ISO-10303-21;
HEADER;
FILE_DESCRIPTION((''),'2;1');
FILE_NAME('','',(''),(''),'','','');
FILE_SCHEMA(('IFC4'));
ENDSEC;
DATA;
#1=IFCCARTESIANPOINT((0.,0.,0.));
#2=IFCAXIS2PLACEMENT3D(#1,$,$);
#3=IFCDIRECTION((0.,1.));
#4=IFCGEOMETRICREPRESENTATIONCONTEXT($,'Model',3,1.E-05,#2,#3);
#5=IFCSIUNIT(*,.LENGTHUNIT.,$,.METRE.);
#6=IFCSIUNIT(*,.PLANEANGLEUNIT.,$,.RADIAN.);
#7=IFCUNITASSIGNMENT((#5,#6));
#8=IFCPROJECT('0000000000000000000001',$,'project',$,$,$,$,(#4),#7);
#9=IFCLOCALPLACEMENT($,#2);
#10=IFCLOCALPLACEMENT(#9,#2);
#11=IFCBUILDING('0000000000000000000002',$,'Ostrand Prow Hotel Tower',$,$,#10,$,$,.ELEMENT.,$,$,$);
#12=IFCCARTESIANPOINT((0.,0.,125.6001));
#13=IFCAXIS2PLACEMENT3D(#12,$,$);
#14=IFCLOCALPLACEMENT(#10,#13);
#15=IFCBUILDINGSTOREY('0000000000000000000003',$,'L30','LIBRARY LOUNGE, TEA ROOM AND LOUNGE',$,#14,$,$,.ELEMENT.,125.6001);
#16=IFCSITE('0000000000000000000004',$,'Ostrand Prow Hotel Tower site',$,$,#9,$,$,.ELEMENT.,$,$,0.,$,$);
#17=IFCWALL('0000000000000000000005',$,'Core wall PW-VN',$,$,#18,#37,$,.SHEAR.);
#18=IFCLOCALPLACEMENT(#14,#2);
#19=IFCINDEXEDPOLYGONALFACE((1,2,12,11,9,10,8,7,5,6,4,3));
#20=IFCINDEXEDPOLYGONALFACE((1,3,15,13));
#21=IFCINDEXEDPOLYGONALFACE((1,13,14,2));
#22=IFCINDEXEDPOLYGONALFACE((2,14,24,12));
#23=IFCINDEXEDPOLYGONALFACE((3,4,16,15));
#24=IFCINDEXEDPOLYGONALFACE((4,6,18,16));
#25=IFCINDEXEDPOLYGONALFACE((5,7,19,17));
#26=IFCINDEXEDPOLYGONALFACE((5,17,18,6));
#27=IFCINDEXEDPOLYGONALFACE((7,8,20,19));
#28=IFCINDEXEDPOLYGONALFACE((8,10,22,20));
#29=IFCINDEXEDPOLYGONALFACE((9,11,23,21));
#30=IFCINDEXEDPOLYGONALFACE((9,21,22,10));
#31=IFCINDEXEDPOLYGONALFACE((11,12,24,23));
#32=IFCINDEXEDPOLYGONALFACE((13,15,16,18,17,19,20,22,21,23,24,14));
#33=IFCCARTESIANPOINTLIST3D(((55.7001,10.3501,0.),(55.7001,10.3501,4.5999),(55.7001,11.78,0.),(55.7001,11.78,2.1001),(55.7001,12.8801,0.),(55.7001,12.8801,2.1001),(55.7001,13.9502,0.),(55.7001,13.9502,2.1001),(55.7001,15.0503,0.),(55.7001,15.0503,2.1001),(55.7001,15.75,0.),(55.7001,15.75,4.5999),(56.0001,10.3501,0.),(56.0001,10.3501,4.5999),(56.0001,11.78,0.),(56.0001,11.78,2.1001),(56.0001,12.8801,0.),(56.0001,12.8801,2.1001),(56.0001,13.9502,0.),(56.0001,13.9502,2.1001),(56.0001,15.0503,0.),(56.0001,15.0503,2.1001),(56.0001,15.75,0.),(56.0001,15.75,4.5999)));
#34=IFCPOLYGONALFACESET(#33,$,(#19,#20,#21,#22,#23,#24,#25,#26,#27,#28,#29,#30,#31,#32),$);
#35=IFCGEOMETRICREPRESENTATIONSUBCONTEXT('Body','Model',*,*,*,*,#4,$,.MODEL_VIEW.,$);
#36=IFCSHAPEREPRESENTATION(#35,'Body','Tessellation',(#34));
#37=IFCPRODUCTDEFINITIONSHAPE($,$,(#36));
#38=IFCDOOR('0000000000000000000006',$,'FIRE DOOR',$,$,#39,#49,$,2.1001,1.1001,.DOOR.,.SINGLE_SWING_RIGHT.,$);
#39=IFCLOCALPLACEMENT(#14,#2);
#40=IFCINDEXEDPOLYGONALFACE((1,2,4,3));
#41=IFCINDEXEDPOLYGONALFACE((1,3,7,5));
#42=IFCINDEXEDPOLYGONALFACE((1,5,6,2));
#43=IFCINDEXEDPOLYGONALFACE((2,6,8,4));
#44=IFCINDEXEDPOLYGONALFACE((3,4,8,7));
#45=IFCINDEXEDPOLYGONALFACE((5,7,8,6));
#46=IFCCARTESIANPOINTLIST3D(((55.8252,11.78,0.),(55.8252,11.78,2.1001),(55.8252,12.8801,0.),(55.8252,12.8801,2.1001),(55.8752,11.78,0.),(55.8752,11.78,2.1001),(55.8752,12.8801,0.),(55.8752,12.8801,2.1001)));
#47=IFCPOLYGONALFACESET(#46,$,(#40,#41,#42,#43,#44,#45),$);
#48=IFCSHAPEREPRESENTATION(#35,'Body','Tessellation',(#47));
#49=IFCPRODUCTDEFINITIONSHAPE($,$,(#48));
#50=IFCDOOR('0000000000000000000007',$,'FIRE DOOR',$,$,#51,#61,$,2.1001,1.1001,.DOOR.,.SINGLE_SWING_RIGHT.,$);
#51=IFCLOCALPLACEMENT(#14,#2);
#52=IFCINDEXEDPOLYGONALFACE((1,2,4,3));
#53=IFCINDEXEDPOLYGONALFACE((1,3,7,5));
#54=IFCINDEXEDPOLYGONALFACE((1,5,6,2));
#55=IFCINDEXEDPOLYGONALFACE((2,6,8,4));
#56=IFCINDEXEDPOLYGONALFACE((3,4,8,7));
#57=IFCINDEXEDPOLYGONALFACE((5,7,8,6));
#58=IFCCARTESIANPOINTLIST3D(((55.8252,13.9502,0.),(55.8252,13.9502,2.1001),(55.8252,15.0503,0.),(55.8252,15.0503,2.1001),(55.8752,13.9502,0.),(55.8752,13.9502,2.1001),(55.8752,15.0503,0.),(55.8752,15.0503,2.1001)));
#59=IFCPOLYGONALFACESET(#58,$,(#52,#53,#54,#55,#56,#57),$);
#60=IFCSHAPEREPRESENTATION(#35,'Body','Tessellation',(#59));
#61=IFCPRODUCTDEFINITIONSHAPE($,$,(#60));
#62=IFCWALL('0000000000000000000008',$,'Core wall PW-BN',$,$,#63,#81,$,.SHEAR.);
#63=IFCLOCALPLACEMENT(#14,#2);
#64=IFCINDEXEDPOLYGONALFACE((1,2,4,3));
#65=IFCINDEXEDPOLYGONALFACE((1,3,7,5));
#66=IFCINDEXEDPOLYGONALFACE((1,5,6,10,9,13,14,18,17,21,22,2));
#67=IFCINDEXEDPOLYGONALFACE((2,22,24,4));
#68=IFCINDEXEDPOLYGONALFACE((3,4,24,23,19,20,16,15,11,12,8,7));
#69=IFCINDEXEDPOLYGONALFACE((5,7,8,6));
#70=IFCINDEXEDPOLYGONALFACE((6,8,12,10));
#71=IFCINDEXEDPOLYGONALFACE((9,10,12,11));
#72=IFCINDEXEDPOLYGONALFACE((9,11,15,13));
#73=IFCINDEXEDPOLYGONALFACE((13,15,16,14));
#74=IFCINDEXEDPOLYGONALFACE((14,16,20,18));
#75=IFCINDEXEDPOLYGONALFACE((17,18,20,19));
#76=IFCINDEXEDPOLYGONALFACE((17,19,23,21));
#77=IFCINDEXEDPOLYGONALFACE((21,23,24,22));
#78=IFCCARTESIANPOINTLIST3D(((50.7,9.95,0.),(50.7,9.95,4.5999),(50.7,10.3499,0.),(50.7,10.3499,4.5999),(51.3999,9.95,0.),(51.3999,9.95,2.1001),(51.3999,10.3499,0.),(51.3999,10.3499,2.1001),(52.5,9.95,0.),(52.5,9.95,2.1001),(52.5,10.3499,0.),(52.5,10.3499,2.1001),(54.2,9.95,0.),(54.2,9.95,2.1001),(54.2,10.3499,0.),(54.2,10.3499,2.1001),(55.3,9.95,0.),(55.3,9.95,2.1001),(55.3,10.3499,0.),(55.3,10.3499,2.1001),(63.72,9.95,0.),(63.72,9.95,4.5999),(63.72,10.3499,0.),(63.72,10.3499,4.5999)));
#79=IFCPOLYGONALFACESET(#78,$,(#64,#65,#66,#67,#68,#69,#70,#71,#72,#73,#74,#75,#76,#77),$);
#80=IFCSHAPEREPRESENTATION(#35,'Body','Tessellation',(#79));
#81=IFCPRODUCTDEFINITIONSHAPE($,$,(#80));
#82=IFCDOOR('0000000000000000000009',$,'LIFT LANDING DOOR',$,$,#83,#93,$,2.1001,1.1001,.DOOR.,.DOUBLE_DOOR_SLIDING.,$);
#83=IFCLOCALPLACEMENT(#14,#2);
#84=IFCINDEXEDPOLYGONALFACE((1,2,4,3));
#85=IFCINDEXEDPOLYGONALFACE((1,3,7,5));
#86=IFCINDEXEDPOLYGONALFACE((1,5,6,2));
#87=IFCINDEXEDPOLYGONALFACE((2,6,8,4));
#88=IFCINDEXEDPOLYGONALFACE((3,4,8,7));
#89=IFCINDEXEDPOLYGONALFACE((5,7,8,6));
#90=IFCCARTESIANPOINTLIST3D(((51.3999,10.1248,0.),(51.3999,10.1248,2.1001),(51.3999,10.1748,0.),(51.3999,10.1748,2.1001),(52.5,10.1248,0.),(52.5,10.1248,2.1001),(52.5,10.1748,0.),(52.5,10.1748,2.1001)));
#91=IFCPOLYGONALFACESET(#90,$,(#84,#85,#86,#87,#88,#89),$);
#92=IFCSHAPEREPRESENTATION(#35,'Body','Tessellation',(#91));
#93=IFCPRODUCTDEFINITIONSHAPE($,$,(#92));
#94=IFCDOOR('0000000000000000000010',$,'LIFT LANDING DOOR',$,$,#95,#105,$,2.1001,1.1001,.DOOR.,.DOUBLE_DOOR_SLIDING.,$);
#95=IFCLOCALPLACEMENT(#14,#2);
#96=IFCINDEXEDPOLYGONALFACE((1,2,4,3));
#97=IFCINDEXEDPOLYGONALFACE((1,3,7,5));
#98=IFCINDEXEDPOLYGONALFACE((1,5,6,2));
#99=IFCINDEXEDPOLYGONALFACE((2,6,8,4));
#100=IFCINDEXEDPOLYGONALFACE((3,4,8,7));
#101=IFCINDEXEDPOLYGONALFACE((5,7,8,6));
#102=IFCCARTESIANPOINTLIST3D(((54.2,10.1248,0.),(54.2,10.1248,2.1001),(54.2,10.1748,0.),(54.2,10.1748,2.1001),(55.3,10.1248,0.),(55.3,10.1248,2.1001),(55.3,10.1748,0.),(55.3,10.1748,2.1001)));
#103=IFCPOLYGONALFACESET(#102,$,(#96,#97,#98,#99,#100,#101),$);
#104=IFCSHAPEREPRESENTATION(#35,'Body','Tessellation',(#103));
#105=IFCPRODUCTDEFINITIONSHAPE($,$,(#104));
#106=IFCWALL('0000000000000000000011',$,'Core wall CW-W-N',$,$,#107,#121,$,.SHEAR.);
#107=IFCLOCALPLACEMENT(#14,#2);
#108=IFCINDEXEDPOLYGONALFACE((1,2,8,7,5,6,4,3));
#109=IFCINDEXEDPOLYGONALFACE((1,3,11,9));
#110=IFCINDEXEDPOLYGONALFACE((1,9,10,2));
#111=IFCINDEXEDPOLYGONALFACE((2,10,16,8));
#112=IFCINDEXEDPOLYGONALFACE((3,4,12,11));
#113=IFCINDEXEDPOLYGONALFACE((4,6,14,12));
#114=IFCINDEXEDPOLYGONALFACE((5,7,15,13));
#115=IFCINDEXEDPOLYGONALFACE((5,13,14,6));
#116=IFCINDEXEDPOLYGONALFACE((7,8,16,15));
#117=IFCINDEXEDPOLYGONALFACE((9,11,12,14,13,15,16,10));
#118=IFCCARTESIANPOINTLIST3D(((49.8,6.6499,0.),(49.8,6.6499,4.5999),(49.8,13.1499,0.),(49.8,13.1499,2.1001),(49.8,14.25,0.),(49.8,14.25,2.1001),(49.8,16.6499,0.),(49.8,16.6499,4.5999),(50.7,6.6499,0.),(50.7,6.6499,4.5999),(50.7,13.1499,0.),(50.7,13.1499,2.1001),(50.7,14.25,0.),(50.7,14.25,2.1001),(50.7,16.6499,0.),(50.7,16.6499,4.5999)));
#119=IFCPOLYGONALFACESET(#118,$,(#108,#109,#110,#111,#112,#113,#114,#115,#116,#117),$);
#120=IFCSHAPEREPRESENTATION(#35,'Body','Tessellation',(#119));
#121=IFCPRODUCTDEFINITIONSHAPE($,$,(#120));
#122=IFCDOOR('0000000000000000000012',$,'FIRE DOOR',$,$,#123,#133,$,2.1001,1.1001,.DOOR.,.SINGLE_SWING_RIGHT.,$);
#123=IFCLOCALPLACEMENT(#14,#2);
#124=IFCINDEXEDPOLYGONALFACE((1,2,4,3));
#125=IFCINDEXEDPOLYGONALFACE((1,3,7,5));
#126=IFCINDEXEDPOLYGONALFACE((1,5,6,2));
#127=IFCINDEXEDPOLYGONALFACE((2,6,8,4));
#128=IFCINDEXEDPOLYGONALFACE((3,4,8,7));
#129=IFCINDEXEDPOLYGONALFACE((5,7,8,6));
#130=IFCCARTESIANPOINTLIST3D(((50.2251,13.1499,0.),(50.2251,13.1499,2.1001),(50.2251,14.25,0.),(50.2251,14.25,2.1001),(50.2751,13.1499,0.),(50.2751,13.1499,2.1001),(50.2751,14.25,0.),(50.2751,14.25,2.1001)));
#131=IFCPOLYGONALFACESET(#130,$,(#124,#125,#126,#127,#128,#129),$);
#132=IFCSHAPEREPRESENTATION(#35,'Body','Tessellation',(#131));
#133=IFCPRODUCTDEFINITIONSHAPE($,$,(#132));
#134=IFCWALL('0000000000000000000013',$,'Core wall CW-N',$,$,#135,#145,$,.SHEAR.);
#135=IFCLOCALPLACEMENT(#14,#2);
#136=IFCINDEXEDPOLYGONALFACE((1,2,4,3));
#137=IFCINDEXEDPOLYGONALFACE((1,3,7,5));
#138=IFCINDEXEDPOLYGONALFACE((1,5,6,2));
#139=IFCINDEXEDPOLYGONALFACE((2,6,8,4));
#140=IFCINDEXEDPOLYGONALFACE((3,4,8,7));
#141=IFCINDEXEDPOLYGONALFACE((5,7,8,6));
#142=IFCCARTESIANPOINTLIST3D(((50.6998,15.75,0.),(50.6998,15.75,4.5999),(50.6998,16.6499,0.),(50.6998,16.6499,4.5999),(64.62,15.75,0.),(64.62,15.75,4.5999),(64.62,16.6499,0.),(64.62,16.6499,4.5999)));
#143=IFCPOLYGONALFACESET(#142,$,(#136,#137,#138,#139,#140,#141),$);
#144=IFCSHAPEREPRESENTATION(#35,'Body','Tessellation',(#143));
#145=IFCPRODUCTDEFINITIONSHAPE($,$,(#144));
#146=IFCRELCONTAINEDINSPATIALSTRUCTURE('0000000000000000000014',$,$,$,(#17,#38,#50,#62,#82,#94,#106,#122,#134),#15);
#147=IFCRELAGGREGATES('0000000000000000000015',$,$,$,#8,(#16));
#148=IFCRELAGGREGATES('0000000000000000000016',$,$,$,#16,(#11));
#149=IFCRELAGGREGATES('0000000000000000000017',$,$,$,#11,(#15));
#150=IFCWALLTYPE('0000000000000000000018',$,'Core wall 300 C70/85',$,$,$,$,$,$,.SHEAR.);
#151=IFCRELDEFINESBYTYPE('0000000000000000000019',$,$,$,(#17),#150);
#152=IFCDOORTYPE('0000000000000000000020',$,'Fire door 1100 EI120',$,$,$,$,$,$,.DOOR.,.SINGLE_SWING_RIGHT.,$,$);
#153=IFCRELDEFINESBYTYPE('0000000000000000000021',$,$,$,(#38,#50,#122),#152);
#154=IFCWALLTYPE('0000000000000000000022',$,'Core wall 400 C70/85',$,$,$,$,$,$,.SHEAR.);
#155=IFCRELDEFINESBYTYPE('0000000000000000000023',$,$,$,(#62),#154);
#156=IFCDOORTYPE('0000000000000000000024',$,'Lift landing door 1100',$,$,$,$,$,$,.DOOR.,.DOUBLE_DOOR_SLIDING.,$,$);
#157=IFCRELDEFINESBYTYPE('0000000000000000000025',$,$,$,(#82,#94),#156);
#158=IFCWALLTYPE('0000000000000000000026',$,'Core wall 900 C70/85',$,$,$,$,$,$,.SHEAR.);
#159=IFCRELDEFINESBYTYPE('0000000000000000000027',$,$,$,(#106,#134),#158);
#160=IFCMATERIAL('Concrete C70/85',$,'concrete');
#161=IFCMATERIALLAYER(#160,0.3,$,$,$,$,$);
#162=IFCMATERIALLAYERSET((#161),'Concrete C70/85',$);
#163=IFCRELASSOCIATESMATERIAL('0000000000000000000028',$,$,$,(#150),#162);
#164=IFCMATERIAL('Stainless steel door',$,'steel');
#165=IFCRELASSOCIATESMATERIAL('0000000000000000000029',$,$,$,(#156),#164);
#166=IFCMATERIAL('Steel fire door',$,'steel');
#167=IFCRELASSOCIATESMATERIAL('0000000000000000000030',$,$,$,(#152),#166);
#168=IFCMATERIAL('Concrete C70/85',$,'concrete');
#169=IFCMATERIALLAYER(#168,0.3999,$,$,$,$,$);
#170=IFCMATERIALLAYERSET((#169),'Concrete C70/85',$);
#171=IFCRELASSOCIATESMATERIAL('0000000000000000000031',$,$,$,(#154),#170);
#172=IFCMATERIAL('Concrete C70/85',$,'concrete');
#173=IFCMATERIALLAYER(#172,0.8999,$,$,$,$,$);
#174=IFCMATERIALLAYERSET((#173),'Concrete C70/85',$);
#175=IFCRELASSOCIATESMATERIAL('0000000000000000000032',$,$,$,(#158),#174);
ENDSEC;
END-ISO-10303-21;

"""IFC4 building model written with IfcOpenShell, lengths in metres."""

from ifc_helpers import new_model, si_unit, direction, frame, frame_2d, origin, place, context, subcontext, project, spatial, rectangle, extrude, material, layer, layer_set, type_object, element, fill, save


model = new_model("IFC4")

# Units and contexts
model_context = context("Model", 3, precision=1e-05, world=origin(), true_north=direction((0.0, 1.0)))
body_context = subcontext(model_context, "Body", "Model", "MODEL_VIEW")
ifc_project = project(units=[si_unit("LENGTHUNIT", "METRE"), si_unit("PLANEANGLEUNIT", "RADIAN")], contexts=[model_context])

# Site, building, storey
site_placement = place(None, origin())
site = spatial("IfcSite", under=ifc_project, at=site_placement, Name="Ostrand Prow Hotel Tower site", CompositionType="ELEMENT", RefElevation=0.0)
building_placement = place(site_placement, origin())
building = spatial("IfcBuilding", under=site, at=building_placement, Name="Ostrand Prow Hotel Tower", CompositionType="ELEMENT")
storey_placement = place(building_placement, frame((0.0, 0.0, 125.6001)))
storey = spatial("IfcBuildingStorey", under=building, at=storey_placement, Name="L30", Description="LIBRARY LOUNGE, TEA ROOM AND LOUNGE", CompositionType="ELEMENT", Elevation=125.6001)

# Shared definitions
ifc_material_1 = material(Name="Concrete C70/85", Category="concrete")
ifc_layer_1 = layer(ifc_material_1, 0.3)
ifc_layer_set_1 = layer_set([ifc_layer_1], Name="Concrete C70/85")
wall_type_1 = type_object("IfcWallType", Name="Core wall 300 C70/85", PredefinedType="SHEAR", material=ifc_layer_set_1)
ifc_material_2 = material(Name="Stainless steel door", Category="steel")
door_type_1 = type_object("IfcDoorType", Name="Lift landing door 1100", OperationType="DOUBLE_DOOR_SLIDING", PredefinedType="DOOR", material=ifc_material_2)

# Walls, openings, doors
wall_1_placement = place(storey_placement, frame((55.8501, 10.3501, 0.0), z_axis=(0.0, 0.0, 1.0), x_axis=(0.0, 1.0, 0.0)))
wall_1 = element("IfcWall", 1, at=wall_1_placement, inside=storey, type_object=wall_type_1, Name="Core wall PW-VN", PredefinedType="SHEAR", context=body_context, shape_type="SweptSolid", body=[
    extrude(rectangle(XDim=5.3999, YDim=0.3, at=frame_2d((2.7, 0.0))), origin(), (0.0, 0.0, 1.0), 4.5999),
])
opening_1_placement = place(wall_1_placement, frame((1.4299, 0.0, 0.0)))
opening_1 = element("IfcOpeningElement", 2, at=opening_1_placement, cuts=wall_1, PredefinedType="OPENING", context=body_context, shape_type="SweptSolid", body=[
    extrude(rectangle(XDim=1.1001, YDim=2.1001, at=frame_2d((0.55, 1.05))), frame((0.0, 0.1599, 0.0), z_axis=(0.0, -1.0, 0.0), x_axis=(1.0, 0.0, 0.0)), (0.0, 0.0, 1.0), 0.3201),
])
opening_2_placement = place(wall_1_placement, frame((3.6001, 0.0, 0.0)))
opening_2 = element("IfcOpeningElement", 3, at=opening_2_placement, cuts=wall_1, PredefinedType="OPENING", context=body_context, shape_type="SweptSolid", body=[
    extrude(rectangle(XDim=1.1001, YDim=2.1001, at=frame_2d((0.55, 1.05))), frame((0.0, 0.1599, 0.0), z_axis=(0.0, -1.0, 0.0), x_axis=(1.0, 0.0, 0.0)), (0.0, 0.0, 1.0), 0.3201),
])
ifc_material_3 = material(Name="Steel fire door", Category="steel")
door_type_2 = type_object("IfcDoorType", Name="Fire door 1100 EI120", OperationType="SINGLE_SWING_RIGHT", PredefinedType="DOOR", material=ifc_material_3)
door_1_placement = place(opening_1_placement, origin())
door_1 = element("IfcDoor", 4, at=door_1_placement, inside=storey, type_object=door_type_2, Name="FIRE DOOR", OperationType="SINGLE_SWING_RIGHT", OverallHeight=2.1001, OverallWidth=1.1001, PredefinedType="DOOR", context=body_context, shape_type="SweptSolid", body=[
    extrude(rectangle(XDim=1.1001, YDim=2.1001, at=frame_2d((0.55, 1.05))), frame((0.0, 0.0249, 0.0), z_axis=(0.0, -1.0, 0.0), x_axis=(1.0, 0.0, 0.0)), (0.0, 0.0, 1.0), 0.05),
])
fill(opening_1, door_1)
door_2_placement = place(opening_2_placement, origin())
door_2 = element("IfcDoor", 5, at=door_2_placement, inside=storey, type_object=door_type_2, Name="FIRE DOOR", OperationType="SINGLE_SWING_RIGHT", OverallHeight=2.1001, OverallWidth=1.1001, PredefinedType="DOOR", context=body_context, shape_type="SweptSolid", body=[
    extrude(rectangle(XDim=1.1001, YDim=2.1001, at=frame_2d((0.55, 1.05))), frame((0.0, 0.0249, 0.0), z_axis=(0.0, -1.0, 0.0), x_axis=(1.0, 0.0, 0.0)), (0.0, 0.0, 1.0), 0.05),
])
fill(opening_2, door_2)
ifc_material_4 = material(Name="Concrete C70/85", Category="concrete")
ifc_layer_2 = layer(ifc_material_4, 0.3999)
ifc_layer_set_2 = layer_set([ifc_layer_2], Name="Concrete C70/85")
wall_type_2 = type_object("IfcWallType", Name="Core wall 400 C70/85", PredefinedType="SHEAR", material=ifc_layer_set_2)
wall_2_placement = place(storey_placement, frame((50.7, 10.1499, 0.0), z_axis=(0.0, 0.0, 1.0), x_axis=(1.0, 0.0, 0.0)))
wall_2 = element("IfcWall", 6, at=wall_2_placement, inside=storey, type_object=wall_type_2, Name="Core wall PW-BN", PredefinedType="SHEAR", context=body_context, shape_type="SweptSolid", body=[
    extrude(rectangle(XDim=13.02, YDim=0.3999, at=frame_2d((6.51, 0.0))), origin(), (0.0, 0.0, 1.0), 4.5999),
])
opening_3_placement = place(wall_2_placement, frame((0.7, 0.0, 0.0)))
opening_3 = element("IfcOpeningElement", 7, at=opening_3_placement, cuts=wall_2, PredefinedType="OPENING", context=body_context, shape_type="SweptSolid", body=[
    extrude(rectangle(XDim=1.1001, YDim=2.1001, at=frame_2d((0.55, 1.05))), frame((0.0, 0.21, 0.0), z_axis=(0.0, -1.0, 0.0), x_axis=(1.0, 0.0, 0.0)), (0.0, 0.0, 1.0), 0.4199),
])
opening_4_placement = place(wall_2_placement, frame((3.5, 0.0, 0.0)))
opening_4 = element("IfcOpeningElement", 8, at=opening_4_placement, cuts=wall_2, PredefinedType="OPENING", context=body_context, shape_type="SweptSolid", body=[
    extrude(rectangle(XDim=1.1001, YDim=2.1001, at=frame_2d((0.55, 1.05))), frame((0.0, 0.21, 0.0), z_axis=(0.0, -1.0, 0.0), x_axis=(1.0, 0.0, 0.0)), (0.0, 0.0, 1.0), 0.4199),
])
door_3_placement = place(opening_3_placement, origin())
door_3 = element("IfcDoor", 9, at=door_3_placement, inside=storey, type_object=door_type_1, Name="LIFT LANDING DOOR", OperationType="DOUBLE_DOOR_SLIDING", OverallHeight=2.1001, OverallWidth=1.1001, PredefinedType="DOOR", context=body_context, shape_type="SweptSolid", body=[
    extrude(rectangle(XDim=1.1001, YDim=2.1001, at=frame_2d((0.55, 1.05))), frame((0.0, 0.0249, 0.0), z_axis=(0.0, -1.0, 0.0), x_axis=(1.0, 0.0, 0.0)), (0.0, 0.0, 1.0), 0.05),
])
fill(opening_3, door_3)
door_4_placement = place(opening_4_placement, origin())
door_4 = element("IfcDoor", 10, at=door_4_placement, inside=storey, type_object=door_type_1, Name="LIFT LANDING DOOR", OperationType="DOUBLE_DOOR_SLIDING", OverallHeight=2.1001, OverallWidth=1.1001, PredefinedType="DOOR", context=body_context, shape_type="SweptSolid", body=[
    extrude(rectangle(XDim=1.1001, YDim=2.1001, at=frame_2d((0.55, 1.05))), frame((0.0, 0.0249, 0.0), z_axis=(0.0, -1.0, 0.0), x_axis=(1.0, 0.0, 0.0)), (0.0, 0.0, 1.0), 0.05),
])
fill(opening_4, door_4)

# Wall, opening, door
ifc_material_5 = material(Name="Concrete C70/85", Category="concrete")
ifc_layer_3 = layer(ifc_material_5, 0.8999)
ifc_layer_set_3 = layer_set([ifc_layer_3], Name="Concrete C70/85")
wall_type_3 = type_object("IfcWallType", Name="Core wall 900 C70/85", PredefinedType="SHEAR", material=ifc_layer_set_3)
wall_3_placement = place(storey_placement, frame((50.25, 6.6499, 0.0), z_axis=(0.0, 0.0, 1.0), x_axis=(0.0, 1.0, 0.0)))
wall_3 = element("IfcWall", 11, at=wall_3_placement, inside=storey, type_object=wall_type_3, Name="Core wall CW-W-N", PredefinedType="SHEAR", context=body_context, shape_type="SweptSolid", body=[
    extrude(rectangle(XDim=10.0, YDim=0.8999, at=frame_2d((5.0, 0.0))), origin(), (0.0, 0.0, 1.0), 4.5999),
])
opening_5_placement = place(wall_3_placement, frame((6.5, 0.0, 0.0)))
opening_5 = element("IfcOpeningElement", 12, at=opening_5_placement, cuts=wall_3, PredefinedType="OPENING", context=body_context, shape_type="SweptSolid", body=[
    extrude(rectangle(XDim=1.1001, YDim=2.1001, at=frame_2d((0.55, 1.05))), frame((0.0, 0.46, 0.0), z_axis=(0.0, -1.0, 0.0), x_axis=(1.0, 0.0, 0.0)), (0.0, 0.0, 1.0), 0.9199),
])
door_5_placement = place(opening_5_placement, origin())
door_5 = element("IfcDoor", 13, at=door_5_placement, inside=storey, type_object=door_type_2, Name="FIRE DOOR", OperationType="SINGLE_SWING_RIGHT", OverallHeight=2.1001, OverallWidth=1.1001, PredefinedType="DOOR", context=body_context, shape_type="SweptSolid", body=[
    extrude(rectangle(XDim=1.1001, YDim=2.1001, at=frame_2d((0.55, 1.05))), frame((0.0, 0.0249, 0.0), z_axis=(0.0, -1.0, 0.0), x_axis=(1.0, 0.0, 0.0)), (0.0, 0.0, 1.0), 0.05),
])
fill(opening_5, door_5)

# Wall
wall_4_placement = place(storey_placement, frame((50.7, 16.2, 0.0), z_axis=(0.0, 0.0, 1.0), x_axis=(1.0, 0.0, 0.0)))
element("IfcWall", 14, at=wall_4_placement, inside=storey, type_object=wall_type_3, Name="Core wall CW-N", PredefinedType="SHEAR", context=body_context, shape_type="SweptSolid", body=[
    extrude(rectangle(XDim=13.9202, YDim=0.8999, at=frame_2d((6.96, 0.0))), origin(), (0.0, 0.0, 1.0), 4.5999),
])

save(model, "model.ifc")
